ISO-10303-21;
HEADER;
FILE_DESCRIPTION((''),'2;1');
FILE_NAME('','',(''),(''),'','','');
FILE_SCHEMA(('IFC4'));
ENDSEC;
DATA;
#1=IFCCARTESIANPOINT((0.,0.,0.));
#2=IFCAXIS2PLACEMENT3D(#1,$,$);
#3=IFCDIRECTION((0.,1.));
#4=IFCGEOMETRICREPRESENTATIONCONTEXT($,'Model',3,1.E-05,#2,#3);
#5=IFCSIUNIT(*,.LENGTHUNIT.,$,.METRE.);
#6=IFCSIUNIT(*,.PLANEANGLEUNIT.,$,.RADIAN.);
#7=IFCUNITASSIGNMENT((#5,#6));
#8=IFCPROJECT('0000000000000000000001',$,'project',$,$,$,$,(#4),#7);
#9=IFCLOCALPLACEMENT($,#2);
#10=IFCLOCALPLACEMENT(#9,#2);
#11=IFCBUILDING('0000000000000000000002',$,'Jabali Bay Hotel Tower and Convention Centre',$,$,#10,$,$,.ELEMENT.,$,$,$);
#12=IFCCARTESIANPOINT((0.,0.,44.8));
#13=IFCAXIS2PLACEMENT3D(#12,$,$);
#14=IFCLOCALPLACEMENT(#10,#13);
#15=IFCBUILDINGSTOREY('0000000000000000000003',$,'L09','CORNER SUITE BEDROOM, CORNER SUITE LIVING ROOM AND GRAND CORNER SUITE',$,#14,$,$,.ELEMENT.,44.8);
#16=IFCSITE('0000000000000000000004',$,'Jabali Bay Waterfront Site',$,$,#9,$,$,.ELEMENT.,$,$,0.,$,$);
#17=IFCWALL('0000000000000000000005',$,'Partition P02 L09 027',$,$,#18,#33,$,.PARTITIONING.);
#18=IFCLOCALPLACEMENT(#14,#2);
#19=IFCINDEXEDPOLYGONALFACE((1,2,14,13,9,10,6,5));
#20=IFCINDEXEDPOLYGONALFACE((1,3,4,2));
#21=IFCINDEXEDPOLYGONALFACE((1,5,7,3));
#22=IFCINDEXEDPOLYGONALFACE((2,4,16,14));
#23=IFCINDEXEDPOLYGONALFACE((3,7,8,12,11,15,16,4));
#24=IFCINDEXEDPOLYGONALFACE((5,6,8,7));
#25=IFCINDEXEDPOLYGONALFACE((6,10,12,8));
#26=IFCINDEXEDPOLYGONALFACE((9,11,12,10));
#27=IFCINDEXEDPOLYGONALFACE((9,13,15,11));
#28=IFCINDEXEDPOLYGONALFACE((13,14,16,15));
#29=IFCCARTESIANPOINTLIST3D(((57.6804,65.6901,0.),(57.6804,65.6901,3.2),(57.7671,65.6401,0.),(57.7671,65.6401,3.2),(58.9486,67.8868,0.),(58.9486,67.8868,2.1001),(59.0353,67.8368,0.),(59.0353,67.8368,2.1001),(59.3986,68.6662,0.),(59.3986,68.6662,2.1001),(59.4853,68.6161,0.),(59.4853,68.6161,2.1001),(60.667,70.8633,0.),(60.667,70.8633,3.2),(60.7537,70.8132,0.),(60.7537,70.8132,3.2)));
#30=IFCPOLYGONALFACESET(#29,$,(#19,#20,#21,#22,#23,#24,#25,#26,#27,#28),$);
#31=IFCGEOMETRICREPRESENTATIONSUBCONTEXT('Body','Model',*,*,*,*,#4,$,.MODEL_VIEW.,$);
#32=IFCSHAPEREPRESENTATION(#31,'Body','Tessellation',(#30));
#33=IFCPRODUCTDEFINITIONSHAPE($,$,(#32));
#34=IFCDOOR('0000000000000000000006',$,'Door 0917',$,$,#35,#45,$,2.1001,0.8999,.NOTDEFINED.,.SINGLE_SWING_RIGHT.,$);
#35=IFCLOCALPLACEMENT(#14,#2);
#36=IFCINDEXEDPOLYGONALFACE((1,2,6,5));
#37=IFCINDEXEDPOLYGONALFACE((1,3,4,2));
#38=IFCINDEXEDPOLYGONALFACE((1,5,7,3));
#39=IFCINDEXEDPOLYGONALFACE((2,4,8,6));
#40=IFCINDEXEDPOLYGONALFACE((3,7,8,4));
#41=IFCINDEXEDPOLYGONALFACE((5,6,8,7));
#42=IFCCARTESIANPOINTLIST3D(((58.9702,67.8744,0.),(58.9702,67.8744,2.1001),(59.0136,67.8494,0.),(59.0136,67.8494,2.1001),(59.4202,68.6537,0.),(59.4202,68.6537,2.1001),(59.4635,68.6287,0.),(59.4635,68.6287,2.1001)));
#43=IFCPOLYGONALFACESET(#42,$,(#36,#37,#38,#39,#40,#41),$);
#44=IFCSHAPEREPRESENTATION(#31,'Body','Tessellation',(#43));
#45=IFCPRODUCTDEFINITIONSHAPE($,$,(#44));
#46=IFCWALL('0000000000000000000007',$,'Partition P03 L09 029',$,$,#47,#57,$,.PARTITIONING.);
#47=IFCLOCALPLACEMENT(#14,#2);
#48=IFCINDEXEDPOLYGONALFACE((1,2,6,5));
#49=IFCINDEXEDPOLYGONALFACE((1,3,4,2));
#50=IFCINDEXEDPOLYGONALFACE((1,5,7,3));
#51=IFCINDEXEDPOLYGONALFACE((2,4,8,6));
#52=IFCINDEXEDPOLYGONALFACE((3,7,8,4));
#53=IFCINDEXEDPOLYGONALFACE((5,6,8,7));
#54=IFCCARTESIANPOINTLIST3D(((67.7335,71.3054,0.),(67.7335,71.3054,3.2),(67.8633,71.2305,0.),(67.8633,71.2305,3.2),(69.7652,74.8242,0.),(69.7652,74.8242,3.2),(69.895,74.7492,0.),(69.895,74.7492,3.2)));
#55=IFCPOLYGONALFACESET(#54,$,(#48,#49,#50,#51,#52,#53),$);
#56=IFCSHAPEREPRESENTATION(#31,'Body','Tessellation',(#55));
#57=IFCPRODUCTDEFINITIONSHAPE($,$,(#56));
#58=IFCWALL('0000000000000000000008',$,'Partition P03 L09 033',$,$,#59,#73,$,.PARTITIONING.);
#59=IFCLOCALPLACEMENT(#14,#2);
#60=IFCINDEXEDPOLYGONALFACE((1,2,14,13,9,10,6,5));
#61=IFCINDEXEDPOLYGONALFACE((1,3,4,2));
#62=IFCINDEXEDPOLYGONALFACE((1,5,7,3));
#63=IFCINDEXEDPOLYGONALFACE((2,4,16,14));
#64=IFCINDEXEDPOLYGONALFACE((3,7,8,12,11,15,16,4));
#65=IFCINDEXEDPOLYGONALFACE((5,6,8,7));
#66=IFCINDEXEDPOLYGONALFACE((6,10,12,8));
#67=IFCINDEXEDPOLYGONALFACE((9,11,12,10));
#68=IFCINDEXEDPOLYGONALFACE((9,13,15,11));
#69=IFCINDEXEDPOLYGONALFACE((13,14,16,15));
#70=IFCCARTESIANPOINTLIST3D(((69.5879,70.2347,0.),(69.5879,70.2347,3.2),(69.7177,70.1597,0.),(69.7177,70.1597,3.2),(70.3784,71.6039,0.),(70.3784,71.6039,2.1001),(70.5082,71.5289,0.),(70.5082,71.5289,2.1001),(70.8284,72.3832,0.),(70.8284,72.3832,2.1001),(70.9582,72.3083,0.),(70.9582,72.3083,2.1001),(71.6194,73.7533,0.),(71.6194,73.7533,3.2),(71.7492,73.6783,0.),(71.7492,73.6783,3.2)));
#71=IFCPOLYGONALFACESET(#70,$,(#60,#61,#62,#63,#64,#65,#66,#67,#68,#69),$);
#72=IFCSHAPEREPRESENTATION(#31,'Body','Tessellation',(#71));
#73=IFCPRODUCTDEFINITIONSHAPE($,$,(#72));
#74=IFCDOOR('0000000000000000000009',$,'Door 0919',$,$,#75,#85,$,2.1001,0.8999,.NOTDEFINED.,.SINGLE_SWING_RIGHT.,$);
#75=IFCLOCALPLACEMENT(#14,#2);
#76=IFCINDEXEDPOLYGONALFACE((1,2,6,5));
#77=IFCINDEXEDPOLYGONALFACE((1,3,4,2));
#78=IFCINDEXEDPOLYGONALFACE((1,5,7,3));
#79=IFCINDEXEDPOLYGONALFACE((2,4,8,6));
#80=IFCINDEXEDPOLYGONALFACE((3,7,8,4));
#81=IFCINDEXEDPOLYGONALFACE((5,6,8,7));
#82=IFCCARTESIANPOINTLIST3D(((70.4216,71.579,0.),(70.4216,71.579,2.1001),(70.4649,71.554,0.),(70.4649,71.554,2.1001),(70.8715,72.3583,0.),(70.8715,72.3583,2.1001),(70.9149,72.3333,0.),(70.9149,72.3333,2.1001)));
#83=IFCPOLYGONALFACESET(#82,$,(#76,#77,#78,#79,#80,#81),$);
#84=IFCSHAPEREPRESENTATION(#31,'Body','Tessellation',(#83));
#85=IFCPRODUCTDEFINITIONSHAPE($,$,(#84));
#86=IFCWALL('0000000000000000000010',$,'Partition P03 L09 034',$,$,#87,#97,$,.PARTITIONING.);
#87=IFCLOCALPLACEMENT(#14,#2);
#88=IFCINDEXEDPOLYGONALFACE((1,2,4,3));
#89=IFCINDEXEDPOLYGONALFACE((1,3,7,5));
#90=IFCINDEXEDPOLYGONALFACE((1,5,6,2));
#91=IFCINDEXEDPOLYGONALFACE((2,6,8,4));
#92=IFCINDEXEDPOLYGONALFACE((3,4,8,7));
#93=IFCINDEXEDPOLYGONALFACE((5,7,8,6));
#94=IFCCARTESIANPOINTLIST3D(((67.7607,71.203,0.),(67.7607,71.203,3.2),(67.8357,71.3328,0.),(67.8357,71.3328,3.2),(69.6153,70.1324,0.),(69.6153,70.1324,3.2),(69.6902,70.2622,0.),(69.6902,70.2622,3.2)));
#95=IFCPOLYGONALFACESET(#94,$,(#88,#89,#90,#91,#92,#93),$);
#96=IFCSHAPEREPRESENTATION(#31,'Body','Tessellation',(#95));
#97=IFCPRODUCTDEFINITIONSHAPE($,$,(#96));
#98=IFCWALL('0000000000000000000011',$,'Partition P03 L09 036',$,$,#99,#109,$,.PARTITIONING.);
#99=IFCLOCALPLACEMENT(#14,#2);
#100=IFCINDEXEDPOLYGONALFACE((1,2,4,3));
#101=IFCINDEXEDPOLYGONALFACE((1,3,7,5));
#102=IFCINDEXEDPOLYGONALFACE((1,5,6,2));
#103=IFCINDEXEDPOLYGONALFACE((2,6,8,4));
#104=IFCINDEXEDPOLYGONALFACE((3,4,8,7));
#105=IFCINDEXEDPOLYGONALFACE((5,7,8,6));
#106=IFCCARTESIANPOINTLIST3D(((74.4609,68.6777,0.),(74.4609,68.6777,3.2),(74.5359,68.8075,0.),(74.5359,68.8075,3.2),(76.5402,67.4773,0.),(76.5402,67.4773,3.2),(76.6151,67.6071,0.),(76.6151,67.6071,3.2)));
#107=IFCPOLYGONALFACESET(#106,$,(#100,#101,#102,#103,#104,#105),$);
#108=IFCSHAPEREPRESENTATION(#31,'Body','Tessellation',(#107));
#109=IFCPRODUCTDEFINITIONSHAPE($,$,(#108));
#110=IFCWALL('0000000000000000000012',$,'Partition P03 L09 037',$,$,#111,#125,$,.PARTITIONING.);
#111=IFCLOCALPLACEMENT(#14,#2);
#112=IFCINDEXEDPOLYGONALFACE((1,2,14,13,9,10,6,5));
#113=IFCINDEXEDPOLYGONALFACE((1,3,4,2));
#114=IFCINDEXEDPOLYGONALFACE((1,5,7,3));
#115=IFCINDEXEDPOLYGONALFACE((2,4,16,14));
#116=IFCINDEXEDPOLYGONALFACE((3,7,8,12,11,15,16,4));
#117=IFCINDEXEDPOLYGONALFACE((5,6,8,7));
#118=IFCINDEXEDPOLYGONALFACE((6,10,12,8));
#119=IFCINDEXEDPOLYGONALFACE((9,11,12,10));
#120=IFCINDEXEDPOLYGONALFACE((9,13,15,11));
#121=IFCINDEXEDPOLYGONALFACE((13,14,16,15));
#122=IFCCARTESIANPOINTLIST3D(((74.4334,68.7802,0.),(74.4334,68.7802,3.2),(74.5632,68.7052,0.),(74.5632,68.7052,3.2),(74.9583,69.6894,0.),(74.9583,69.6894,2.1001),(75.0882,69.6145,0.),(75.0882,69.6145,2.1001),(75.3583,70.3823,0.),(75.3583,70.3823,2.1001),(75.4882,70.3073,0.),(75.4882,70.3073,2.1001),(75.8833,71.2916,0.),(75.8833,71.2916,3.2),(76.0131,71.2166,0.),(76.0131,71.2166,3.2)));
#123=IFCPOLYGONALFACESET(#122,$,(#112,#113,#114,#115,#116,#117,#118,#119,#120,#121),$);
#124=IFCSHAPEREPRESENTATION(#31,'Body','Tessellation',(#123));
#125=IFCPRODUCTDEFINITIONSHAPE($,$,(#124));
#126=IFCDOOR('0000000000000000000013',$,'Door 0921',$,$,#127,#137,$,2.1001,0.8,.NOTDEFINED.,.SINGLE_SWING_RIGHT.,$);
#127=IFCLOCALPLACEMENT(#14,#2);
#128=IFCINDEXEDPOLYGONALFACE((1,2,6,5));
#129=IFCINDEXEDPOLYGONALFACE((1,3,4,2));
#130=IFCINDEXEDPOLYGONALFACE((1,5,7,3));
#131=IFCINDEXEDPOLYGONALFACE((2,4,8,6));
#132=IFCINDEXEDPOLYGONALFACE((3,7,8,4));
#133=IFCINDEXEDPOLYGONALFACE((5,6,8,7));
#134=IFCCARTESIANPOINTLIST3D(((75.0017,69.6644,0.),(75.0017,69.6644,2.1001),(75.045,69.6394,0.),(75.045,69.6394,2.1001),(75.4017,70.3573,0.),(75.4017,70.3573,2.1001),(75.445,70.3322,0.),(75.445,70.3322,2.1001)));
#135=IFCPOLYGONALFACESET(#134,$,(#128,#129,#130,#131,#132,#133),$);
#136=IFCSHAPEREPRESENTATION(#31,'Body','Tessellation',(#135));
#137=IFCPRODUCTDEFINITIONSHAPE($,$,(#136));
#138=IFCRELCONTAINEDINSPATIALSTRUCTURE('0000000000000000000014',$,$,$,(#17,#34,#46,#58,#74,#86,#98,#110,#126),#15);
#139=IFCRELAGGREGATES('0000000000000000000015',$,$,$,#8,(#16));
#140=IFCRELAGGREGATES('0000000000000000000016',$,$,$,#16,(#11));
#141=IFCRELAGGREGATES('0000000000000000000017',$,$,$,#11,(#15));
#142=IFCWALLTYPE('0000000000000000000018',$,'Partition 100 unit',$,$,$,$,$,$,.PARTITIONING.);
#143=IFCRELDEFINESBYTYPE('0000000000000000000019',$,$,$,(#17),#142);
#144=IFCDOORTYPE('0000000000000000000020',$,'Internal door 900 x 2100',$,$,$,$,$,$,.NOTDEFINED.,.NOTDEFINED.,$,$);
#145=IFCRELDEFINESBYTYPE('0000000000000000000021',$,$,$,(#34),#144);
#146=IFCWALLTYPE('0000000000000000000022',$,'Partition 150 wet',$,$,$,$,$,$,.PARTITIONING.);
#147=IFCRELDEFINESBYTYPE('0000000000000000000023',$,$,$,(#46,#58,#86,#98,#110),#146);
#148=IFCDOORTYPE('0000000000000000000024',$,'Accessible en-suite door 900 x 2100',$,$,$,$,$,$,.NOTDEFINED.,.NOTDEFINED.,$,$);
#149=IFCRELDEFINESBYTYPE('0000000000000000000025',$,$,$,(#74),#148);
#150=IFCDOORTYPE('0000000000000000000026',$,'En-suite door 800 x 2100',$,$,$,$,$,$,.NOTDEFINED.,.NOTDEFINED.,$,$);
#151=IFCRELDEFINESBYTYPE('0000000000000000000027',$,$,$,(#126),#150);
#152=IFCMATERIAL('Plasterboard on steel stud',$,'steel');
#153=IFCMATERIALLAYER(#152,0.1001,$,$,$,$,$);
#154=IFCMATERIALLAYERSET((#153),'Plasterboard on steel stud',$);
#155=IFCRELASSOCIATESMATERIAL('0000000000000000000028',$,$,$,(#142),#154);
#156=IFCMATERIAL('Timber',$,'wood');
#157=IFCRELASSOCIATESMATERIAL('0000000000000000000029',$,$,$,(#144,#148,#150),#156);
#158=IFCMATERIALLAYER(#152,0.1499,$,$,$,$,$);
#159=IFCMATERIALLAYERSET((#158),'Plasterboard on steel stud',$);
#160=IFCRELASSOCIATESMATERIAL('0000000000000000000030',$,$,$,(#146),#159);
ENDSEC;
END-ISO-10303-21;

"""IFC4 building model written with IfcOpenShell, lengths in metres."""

from ifc_helpers import new_model, si_unit, direction, frame, frame_2d, origin, place, context, subcontext, project, spatial, rectangle, extrude, material, layer, layer_set, type_object, element, fill, save


model = new_model("IFC4")

# Units and contexts
model_context = context("Model", 3, precision=1e-05, world=origin(), true_north=direction((0.0, 1.0)))
body_context = subcontext(model_context, "Body", "Model", "MODEL_VIEW")
ifc_project = project(units=[si_unit("LENGTHUNIT", "METRE"), si_unit("PLANEANGLEUNIT", "RADIAN")], contexts=[model_context])

# Site, building, storey
site_placement = place(None, origin())
site = spatial("IfcSite", under=ifc_project, at=site_placement, Name="Jabali Bay Waterfront Site", CompositionType="ELEMENT", RefElevation=0.0)
building_placement = place(site_placement, origin())
building = spatial("IfcBuilding", under=site, at=building_placement, Name="Jabali Bay Hotel Tower and Convention Centre", CompositionType="ELEMENT")
storey_placement = place(building_placement, frame((0.0, 0.0, 44.8)))
storey = spatial("IfcBuildingStorey", under=building, at=storey_placement, Name="L09", Description="CORNER SUITE BEDROOM, CORNER SUITE LIVING ROOM AND GRAND CORNER SUITE", CompositionType="ELEMENT", Elevation=44.8)

# Shared definitions
ifc_material_1 = material(Name="Timber", Category="wood")

# Wall, opening, door
ifc_material_2 = material(Name="Plasterboard on steel stud", Category="steel")
ifc_layer_1 = layer(ifc_material_2, 0.1001)
ifc_layer_set_1 = layer_set([ifc_layer_1], Name="Plasterboard on steel stud")
wall_type_1 = type_object("IfcWallType", Name="Partition 100 unit", PredefinedType="PARTITIONING", material=ifc_layer_set_1)
wall_1_placement = place(storey_placement, frame((60.7104, 70.8384, 0.0), z_axis=(0.0, 0.0, 1.0), x_axis=(-0.499985, -0.866034, 0.0)))
wall_1 = element("IfcWall", 1, at=wall_1_placement, inside=storey, type_object=wall_type_1, Name="Partition P02 L09 027", PredefinedType="PARTITIONING", context=body_context, shape_type="SweptSolid", body=[
    extrude(rectangle(XDim=5.9734, YDim=0.1001, at=frame_2d((2.9868, 0.0))), origin(), (0.0, 0.0, 1.0), 3.2),
])
opening_1_placement = place(wall_1_placement, frame((2.5371, 0.0, 0.0)))
opening_1 = element("IfcOpeningElement", 2, at=opening_1_placement, cuts=wall_1, PredefinedType="OPENING", context=body_context, shape_type="SweptSolid", body=[
    extrude(rectangle(XDim=0.8999, YDim=2.1001, at=frame_2d((0.45, 1.05))), frame((0.0, 0.0605, 0.0), z_axis=(0.0, -1.0, 0.0), x_axis=(1.0, 0.0, 0.0)), (0.0, 0.0, 1.0), 0.1211),
])
door_type_1 = type_object("IfcDoorType", Name="Internal door 900 x 2100", OperationType="NOTDEFINED", PredefinedType="NOTDEFINED", material=ifc_material_1)
door_1_placement = place(opening_1_placement, origin())
door_1 = element("IfcDoor", 3, at=door_1_placement, inside=storey, type_object=door_type_1, Name="Door 0917", OperationType="SINGLE_SWING_RIGHT", OverallHeight=2.1001, OverallWidth=0.8999, PredefinedType="NOTDEFINED", context=body_context, shape_type="SweptSolid", body=[
    extrude(rectangle(XDim=0.8999, YDim=2.1001, at=frame_2d((0.45, 1.05))), frame((0.0, 0.0249, 0.0), z_axis=(0.0, -1.0, 0.0), x_axis=(1.0, 0.0, 0.0)), (0.0, 0.0, 1.0), 0.05),
])
fill(opening_1, door_1)

# Wall
ifc_layer_2 = layer(ifc_material_2, 0.1499)
ifc_layer_set_2 = layer_set([ifc_layer_2], Name="Plasterboard on steel stud")
wall_type_2 = type_object("IfcWallType", Name="Partition 150 wet", PredefinedType="PARTITIONING", material=ifc_layer_set_2)
wall_2_placement = place(storey_placement, frame((67.7983, 71.2678, 0.0), z_axis=(0.0, 0.0, 1.0), x_axis=(0.500029, 0.866008, 0.0)))
element("IfcWall", 4, at=wall_2_placement, inside=storey, type_object=wall_type_2, Name="Partition P03 L09 029", PredefinedType="PARTITIONING", context=body_context, shape_type="SweptSolid", body=[
    extrude(rectangle(XDim=4.0632, YDim=0.1499, at=frame_2d((2.0317, 0.0))), origin(), (0.0, 0.0, 1.0), 3.2),
])

# Wall, opening, door
wall_3_placement = place(storey_placement, frame((71.6843, 73.7158, 0.0), z_axis=(0.0, 0.0, 1.0), x_axis=(-0.50001, -0.866019, 0.0)))
wall_3 = element("IfcWall", 5, at=wall_3_placement, inside=storey, type_object=wall_type_2, Name="Partition P03 L09 033", PredefinedType="PARTITIONING", context=body_context, shape_type="SweptSolid", body=[
    extrude(rectangle(XDim=4.063, YDim=0.1499, at=frame_2d((2.0315, 0.0))), origin(), (0.0, 0.0, 1.0), 3.2),
])
opening_2_placement = place(wall_3_placement, frame((1.582, 0.0, 0.0)))
opening_2 = element("IfcOpeningElement", 6, at=opening_2_placement, cuts=wall_3, PredefinedType="OPENING", context=body_context, shape_type="SweptSolid", body=[
    extrude(rectangle(XDim=0.8999, YDim=2.1001, at=frame_2d((0.45, 1.05))), frame((0.0, 0.0854, 0.0), z_axis=(0.0, -1.0, 0.0), x_axis=(1.0, 0.0, 0.0)), (0.0, 0.0, 1.0), 0.1709),
])
door_type_2 = type_object("IfcDoorType", Name="Accessible en-suite door 900 x 2100", OperationType="NOTDEFINED", PredefinedType="NOTDEFINED", material=ifc_material_1)
door_2_placement = place(opening_2_placement, origin())
door_2 = element("IfcDoor", 7, at=door_2_placement, inside=storey, type_object=door_type_2, Name="Door 0919", OperationType="SINGLE_SWING_RIGHT", OverallHeight=2.1001, OverallWidth=0.8999, PredefinedType="NOTDEFINED", context=body_context, shape_type="SweptSolid", body=[
    extrude(rectangle(XDim=0.8999, YDim=2.1001, at=frame_2d((0.45, 1.05))), frame((0.0, 0.0249, 0.0), z_axis=(0.0, -1.0, 0.0), x_axis=(1.0, 0.0, 0.0)), (0.0, 0.0, 1.0), 0.05),
])
fill(opening_2, door_2)

# Walls
wall_4_placement = place(storey_placement, frame((69.6528, 70.1973, 0.0), z_axis=(0.0, 0.0, 1.0), x_axis=(-0.866053, 0.499953, 0.0)))
element("IfcWall", 8, at=wall_4_placement, inside=storey, type_object=wall_type_2, Name="Partition P03 L09 034", PredefinedType="PARTITIONING", context=body_context, shape_type="SweptSolid", body=[
    extrude(rectangle(XDim=2.1414, YDim=0.1499, at=frame_2d((1.0708, 0.0))), origin(), (0.0, 0.0, 1.0), 3.2),
])
wall_5_placement = place(storey_placement, frame((76.5776, 67.5422, 0.0), z_axis=(0.0, 0.0, 1.0), x_axis=(-0.866038, 0.499978, 0.0)))
element("IfcWall", 9, at=wall_5_placement, inside=storey, type_object=wall_type_2, Name="Partition P03 L09 036", PredefinedType="PARTITIONING", context=body_context, shape_type="SweptSolid", body=[
    extrude(rectangle(XDim=2.4009, YDim=0.1499, at=frame_2d((1.2004, 0.0))), origin(), (0.0, 0.0, 1.0), 3.2),
])

# Wall, opening, door
wall_6_placement = place(storey_placement, frame((74.4983, 68.7427, 0.0), z_axis=(0.0, 0.0, 1.0), x_axis=(0.499987, 0.866033, 0.0)))
wall_6 = element("IfcWall", 10, at=wall_6_placement, inside=storey, type_object=wall_type_2, Name="Partition P03 L09 037", PredefinedType="PARTITIONING", context=body_context, shape_type="SweptSolid", body=[
    extrude(rectangle(XDim=2.8999, YDim=0.1499, at=frame_2d((1.45, 0.0))), origin(), (0.0, 0.0, 1.0), 3.2),
])
opening_3_placement = place(wall_6_placement, frame((1.05, 0.0, 0.0)))
opening_3 = element("IfcOpeningElement", 11, at=opening_3_placement, cuts=wall_6, PredefinedType="OPENING", context=body_context, shape_type="SweptSolid", body=[
    extrude(rectangle(XDim=0.8, YDim=2.1001, at=frame_2d((0.3999, 1.05))), frame((0.0, 0.0854, 0.0), z_axis=(0.0, -1.0, 0.0), x_axis=(1.0, 0.0, 0.0)), (0.0, 0.0, 1.0), 0.1709),
])
door_type_3 = type_object("IfcDoorType", Name="En-suite door 800 x 2100", OperationType="NOTDEFINED", PredefinedType="NOTDEFINED", material=ifc_material_1)
door_3_placement = place(opening_3_placement, origin())
door_3 = element("IfcDoor", 12, at=door_3_placement, inside=storey, type_object=door_type_3, Name="Door 0921", OperationType="SINGLE_SWING_RIGHT", OverallHeight=2.1001, OverallWidth=0.8, PredefinedType="NOTDEFINED", context=body_context, shape_type="SweptSolid", body=[
    extrude(rectangle(XDim=0.8, YDim=2.1001, at=frame_2d((0.3999, 1.05))), frame((0.0, 0.0249, 0.0), z_axis=(0.0, -1.0, 0.0), x_axis=(1.0, 0.0, 0.0)), (0.0, 0.0, 1.0), 0.05),
])
fill(opening_3, door_3)

save(model, "model.ifc")
